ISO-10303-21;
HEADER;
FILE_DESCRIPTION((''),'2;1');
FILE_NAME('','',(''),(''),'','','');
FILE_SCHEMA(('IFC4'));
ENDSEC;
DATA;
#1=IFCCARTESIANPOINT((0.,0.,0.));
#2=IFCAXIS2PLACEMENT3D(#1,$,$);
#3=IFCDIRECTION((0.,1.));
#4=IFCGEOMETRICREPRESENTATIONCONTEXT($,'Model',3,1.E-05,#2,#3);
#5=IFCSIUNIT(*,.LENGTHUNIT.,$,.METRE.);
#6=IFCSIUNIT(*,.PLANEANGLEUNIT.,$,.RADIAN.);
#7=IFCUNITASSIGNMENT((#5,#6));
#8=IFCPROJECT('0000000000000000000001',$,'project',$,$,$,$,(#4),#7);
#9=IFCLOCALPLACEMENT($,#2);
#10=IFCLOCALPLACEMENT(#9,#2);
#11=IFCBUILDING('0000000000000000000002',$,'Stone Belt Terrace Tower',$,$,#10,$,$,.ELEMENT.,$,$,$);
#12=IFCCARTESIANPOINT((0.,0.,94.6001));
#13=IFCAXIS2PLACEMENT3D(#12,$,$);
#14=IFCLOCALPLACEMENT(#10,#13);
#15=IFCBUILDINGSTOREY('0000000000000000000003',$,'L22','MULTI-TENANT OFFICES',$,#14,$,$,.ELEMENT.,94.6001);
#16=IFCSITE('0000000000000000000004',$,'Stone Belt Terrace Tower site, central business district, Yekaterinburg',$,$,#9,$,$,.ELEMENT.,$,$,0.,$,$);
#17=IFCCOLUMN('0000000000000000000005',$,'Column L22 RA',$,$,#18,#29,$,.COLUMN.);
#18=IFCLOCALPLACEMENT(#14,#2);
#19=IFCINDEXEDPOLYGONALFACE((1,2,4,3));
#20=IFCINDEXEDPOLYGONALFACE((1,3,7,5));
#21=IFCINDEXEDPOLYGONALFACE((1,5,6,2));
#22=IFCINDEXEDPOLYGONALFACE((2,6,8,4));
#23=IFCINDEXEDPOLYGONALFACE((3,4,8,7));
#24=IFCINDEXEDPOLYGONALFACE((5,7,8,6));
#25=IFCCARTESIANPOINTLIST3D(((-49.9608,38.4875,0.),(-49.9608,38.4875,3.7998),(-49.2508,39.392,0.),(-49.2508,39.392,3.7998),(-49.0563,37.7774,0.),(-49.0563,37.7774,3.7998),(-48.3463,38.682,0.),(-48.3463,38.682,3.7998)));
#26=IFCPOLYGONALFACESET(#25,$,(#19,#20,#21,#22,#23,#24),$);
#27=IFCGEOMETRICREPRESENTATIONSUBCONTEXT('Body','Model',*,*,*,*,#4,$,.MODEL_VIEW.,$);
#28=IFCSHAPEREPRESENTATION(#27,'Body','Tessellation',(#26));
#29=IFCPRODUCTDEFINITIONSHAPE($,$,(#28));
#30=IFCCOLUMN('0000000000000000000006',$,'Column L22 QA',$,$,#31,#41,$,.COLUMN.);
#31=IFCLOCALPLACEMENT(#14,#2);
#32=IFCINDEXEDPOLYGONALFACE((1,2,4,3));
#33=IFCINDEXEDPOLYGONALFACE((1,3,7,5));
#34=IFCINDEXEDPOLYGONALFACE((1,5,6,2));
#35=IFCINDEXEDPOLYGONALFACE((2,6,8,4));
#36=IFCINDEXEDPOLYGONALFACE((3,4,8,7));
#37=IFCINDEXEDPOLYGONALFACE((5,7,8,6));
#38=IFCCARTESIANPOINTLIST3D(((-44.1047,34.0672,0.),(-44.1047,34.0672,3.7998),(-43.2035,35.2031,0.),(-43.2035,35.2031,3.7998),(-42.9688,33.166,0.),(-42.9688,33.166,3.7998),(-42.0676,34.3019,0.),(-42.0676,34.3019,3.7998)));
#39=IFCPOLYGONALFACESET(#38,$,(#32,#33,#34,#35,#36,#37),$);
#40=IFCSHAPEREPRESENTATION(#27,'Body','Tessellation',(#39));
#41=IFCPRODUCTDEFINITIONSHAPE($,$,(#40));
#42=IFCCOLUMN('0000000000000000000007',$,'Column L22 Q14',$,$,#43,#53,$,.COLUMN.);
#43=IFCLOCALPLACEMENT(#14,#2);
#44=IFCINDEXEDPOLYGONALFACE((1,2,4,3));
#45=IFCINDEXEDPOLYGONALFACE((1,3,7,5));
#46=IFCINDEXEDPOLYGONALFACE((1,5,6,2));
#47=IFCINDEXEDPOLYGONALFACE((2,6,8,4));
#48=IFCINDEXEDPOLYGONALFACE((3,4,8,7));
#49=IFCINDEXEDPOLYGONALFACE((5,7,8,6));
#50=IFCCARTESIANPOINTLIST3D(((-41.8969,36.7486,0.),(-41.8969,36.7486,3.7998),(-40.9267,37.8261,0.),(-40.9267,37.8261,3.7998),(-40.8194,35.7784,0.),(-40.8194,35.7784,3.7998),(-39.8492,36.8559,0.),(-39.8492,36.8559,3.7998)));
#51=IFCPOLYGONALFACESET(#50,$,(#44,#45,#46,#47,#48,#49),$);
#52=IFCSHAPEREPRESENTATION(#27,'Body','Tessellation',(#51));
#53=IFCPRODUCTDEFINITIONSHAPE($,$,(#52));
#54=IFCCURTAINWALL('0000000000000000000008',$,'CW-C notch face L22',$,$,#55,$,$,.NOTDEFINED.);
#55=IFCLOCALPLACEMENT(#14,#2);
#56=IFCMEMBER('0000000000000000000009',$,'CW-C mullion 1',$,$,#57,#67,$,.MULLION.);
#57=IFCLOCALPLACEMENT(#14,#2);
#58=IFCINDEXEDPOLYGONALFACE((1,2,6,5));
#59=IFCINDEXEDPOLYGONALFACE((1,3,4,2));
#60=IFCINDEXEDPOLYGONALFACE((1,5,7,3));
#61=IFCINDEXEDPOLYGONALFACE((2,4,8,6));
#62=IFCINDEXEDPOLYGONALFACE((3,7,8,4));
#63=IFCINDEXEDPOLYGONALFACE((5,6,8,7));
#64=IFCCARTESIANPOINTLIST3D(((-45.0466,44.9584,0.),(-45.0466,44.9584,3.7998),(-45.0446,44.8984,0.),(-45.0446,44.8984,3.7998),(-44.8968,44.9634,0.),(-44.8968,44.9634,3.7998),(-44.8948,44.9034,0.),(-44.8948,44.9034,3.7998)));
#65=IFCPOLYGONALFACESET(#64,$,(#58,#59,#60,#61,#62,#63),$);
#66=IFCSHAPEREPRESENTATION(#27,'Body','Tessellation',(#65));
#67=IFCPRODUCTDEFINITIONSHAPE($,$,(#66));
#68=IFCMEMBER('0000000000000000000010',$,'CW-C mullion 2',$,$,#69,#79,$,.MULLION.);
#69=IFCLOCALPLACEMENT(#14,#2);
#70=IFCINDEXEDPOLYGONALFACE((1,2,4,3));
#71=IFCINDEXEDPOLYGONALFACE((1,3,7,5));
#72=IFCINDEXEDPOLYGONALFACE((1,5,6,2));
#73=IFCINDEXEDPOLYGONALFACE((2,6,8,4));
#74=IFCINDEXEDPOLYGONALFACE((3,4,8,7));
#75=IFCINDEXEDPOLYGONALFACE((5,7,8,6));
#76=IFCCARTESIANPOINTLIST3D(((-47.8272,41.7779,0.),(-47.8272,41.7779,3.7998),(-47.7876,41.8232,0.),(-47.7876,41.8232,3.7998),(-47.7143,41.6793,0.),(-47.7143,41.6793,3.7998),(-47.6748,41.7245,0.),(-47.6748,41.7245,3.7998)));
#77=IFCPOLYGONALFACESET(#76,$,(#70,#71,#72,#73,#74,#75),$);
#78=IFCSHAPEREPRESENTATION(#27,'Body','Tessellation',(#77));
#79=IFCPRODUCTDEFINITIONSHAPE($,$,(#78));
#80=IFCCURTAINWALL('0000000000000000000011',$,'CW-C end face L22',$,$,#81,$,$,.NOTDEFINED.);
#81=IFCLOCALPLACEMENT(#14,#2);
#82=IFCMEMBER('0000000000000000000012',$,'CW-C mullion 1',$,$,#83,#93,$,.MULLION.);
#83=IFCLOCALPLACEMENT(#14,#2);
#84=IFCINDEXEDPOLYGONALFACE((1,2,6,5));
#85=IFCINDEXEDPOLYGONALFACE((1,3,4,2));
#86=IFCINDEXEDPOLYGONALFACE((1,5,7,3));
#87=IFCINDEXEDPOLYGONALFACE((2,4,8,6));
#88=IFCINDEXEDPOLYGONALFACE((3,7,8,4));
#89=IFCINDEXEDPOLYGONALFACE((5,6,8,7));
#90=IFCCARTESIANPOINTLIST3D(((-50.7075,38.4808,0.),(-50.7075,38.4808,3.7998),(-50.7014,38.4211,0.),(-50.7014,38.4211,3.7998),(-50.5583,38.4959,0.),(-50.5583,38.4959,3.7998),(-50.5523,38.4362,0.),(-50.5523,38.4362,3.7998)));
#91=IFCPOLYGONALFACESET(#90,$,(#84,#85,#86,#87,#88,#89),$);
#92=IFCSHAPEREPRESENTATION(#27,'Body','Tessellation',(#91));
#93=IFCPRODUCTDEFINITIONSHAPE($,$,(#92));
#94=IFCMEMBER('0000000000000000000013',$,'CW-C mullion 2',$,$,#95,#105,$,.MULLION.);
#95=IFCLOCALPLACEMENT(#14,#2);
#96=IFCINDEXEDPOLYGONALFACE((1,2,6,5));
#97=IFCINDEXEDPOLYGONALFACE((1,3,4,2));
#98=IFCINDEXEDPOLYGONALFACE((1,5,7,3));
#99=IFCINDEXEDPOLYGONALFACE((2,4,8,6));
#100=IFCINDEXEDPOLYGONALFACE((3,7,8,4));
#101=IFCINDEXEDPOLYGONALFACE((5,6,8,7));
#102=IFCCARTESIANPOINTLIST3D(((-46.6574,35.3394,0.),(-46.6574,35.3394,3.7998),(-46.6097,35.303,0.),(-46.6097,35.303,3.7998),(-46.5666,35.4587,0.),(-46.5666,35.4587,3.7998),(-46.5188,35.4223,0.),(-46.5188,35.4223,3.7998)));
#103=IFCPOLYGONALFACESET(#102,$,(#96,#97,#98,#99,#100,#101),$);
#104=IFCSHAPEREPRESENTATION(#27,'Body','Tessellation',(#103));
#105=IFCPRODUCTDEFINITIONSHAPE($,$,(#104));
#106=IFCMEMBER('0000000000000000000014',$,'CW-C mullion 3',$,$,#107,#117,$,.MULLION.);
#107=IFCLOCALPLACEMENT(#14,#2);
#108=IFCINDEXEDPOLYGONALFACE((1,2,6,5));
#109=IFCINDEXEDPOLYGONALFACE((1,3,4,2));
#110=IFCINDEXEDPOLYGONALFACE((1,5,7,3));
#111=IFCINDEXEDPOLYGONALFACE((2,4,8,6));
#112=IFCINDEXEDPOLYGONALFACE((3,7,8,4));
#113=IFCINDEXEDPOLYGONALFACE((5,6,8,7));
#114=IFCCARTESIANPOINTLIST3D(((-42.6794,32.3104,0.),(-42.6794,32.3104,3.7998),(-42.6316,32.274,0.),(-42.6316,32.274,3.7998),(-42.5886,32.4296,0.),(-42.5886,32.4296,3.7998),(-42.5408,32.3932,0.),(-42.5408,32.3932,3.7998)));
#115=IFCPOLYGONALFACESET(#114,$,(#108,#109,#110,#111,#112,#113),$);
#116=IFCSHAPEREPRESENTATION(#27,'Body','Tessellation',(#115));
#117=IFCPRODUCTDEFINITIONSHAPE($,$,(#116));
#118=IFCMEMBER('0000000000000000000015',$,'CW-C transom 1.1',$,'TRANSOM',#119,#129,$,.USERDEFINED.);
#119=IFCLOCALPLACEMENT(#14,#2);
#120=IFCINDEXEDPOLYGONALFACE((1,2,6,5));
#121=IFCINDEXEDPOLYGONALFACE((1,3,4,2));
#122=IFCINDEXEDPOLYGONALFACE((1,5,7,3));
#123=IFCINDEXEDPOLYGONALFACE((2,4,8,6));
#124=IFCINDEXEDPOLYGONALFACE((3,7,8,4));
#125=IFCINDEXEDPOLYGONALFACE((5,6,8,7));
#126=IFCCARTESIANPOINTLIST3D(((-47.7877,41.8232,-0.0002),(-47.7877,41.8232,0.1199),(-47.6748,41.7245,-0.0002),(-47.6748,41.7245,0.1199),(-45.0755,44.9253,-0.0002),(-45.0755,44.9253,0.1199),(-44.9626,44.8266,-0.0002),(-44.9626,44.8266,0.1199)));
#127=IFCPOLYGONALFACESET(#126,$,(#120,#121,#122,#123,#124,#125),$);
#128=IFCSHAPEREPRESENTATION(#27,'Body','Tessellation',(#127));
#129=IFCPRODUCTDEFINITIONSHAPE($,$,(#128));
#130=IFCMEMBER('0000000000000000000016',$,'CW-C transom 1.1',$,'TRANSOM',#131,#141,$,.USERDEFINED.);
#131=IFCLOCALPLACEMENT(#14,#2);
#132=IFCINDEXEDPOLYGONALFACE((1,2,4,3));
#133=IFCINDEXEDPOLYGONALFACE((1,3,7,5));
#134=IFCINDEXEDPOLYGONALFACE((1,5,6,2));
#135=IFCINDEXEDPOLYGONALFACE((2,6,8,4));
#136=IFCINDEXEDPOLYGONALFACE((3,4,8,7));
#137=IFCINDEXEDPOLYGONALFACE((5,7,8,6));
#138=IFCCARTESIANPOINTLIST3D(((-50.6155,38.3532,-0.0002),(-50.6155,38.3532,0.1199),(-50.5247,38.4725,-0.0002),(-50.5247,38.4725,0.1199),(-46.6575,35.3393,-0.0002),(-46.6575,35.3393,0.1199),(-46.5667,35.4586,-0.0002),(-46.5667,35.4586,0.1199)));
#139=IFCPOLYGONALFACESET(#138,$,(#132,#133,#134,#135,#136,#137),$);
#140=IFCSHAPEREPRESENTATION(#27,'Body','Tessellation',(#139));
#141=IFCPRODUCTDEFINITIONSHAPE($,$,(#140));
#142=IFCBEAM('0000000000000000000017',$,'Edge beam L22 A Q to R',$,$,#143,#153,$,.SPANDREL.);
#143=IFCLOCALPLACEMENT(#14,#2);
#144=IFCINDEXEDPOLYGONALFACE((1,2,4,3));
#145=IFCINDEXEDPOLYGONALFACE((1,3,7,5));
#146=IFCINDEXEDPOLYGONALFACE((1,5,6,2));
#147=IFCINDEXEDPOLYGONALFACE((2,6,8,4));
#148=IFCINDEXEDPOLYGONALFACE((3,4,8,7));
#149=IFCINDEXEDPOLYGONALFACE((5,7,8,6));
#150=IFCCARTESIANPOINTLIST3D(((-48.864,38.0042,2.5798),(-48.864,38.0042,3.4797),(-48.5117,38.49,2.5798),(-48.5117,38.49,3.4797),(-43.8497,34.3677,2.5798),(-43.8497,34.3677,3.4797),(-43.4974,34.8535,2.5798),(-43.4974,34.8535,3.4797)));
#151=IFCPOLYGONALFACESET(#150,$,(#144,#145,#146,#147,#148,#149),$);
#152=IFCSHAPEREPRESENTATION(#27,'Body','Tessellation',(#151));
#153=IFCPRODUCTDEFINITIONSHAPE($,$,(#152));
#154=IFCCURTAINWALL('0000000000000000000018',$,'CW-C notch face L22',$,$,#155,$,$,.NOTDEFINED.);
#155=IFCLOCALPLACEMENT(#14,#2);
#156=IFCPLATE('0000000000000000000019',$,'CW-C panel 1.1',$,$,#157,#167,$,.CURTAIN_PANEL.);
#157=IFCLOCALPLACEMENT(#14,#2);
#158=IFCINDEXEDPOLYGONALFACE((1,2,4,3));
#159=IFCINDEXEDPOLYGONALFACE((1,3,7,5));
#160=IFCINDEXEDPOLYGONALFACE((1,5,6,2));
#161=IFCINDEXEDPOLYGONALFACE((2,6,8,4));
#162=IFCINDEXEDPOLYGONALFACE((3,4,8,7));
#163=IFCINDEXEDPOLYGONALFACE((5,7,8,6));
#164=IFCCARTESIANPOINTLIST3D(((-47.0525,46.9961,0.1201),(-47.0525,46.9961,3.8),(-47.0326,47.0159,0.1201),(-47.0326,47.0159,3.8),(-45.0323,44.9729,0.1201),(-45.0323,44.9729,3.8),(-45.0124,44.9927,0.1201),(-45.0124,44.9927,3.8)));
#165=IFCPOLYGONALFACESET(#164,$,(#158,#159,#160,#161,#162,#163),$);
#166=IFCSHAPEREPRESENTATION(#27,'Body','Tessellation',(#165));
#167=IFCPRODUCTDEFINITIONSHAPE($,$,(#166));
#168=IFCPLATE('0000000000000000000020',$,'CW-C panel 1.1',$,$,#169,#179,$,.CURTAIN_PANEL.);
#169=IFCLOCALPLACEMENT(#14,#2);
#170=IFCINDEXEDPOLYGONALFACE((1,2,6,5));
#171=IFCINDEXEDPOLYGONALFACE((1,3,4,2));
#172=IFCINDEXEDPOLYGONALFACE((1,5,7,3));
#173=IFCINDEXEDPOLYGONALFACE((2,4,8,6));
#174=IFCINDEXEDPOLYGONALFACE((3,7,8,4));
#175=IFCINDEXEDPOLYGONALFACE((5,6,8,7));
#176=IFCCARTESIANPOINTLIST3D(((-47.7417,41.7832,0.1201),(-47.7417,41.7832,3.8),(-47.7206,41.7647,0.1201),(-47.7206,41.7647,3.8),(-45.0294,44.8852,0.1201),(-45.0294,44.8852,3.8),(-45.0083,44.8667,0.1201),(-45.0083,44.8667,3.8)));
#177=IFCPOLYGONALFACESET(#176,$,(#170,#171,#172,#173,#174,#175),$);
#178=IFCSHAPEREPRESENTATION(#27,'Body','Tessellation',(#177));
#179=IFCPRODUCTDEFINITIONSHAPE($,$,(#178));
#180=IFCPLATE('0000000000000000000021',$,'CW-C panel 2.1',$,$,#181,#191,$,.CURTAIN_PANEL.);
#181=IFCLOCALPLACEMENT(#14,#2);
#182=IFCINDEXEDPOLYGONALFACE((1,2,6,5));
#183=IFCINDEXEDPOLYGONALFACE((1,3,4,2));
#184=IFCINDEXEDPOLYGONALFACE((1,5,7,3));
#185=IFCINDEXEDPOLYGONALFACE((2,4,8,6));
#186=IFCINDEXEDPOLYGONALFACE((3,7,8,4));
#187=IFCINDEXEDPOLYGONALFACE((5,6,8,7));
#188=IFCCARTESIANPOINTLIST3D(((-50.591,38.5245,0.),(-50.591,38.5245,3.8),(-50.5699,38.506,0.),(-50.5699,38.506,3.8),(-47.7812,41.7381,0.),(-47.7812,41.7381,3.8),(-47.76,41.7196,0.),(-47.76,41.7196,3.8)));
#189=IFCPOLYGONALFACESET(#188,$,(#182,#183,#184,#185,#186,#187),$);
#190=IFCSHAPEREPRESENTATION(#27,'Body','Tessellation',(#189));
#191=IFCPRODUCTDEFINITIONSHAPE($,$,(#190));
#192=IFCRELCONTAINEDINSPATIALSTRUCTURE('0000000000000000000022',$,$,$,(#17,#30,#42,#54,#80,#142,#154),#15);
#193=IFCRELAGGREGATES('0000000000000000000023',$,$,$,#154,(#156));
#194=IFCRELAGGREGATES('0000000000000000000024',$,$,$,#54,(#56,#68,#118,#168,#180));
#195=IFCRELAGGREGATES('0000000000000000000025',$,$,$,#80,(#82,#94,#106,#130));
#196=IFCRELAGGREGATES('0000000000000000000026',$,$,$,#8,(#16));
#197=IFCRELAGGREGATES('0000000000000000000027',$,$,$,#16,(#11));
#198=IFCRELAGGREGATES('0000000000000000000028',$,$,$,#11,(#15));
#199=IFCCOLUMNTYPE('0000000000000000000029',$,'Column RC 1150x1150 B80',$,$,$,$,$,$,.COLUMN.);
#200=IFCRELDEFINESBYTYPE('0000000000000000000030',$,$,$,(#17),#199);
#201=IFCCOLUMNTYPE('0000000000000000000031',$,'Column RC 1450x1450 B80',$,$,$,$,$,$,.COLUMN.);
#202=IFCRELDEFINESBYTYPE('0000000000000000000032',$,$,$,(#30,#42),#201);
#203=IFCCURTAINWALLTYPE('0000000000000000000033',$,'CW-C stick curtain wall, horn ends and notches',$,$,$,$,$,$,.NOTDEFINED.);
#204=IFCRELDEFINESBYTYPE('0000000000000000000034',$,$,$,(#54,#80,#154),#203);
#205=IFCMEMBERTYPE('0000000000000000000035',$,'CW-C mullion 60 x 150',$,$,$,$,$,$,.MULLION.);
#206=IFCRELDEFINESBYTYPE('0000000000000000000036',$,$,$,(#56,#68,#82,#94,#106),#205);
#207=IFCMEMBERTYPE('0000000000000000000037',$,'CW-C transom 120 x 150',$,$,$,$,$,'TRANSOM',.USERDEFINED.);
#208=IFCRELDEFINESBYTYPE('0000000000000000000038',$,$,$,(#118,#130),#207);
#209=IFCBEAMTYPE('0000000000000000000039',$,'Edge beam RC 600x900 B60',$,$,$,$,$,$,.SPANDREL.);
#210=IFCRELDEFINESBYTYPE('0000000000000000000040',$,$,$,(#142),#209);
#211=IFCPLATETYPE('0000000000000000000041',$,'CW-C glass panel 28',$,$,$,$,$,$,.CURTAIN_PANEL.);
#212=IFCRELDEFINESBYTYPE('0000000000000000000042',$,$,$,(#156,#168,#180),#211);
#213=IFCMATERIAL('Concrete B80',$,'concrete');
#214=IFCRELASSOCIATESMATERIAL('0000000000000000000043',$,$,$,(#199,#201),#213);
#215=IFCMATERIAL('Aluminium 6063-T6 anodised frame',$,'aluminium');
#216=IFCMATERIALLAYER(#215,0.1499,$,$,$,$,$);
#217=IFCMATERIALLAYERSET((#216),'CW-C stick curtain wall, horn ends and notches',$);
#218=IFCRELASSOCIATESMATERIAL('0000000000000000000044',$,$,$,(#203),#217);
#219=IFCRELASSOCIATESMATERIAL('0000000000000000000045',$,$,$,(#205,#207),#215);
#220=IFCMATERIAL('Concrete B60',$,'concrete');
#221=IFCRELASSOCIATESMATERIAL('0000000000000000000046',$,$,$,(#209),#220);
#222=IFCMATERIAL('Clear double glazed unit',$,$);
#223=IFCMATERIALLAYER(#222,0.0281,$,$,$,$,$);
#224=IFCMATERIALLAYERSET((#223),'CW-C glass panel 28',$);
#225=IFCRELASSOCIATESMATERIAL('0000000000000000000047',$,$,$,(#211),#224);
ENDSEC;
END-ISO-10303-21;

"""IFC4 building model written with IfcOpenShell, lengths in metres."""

from ifc_helpers import new_model, si_unit, direction, frame, origin, origin_2d, place, context, subcontext, project, spatial, rectangle, extrude, material, layer, layer_set, material_profile, profile_set, type_object, element, aggregate, save


model = new_model("IFC4")

# Units and contexts
model_context = context("Model", 3, precision=1e-05, world=origin(), true_north=direction((0.0, 1.0)))
body_context = subcontext(model_context, "Body", "Model", "MODEL_VIEW")
ifc_project = project(units=[si_unit("LENGTHUNIT", "METRE"), si_unit("PLANEANGLEUNIT", "RADIAN")], contexts=[model_context])

# Site, building, storey
site_placement = place(None, origin())
site = spatial("IfcSite", under=ifc_project, at=site_placement, Name="Stone Belt Terrace Tower site, central business district, Yekaterinburg", CompositionType="ELEMENT", RefElevation=0.0)
building_placement = place(site_placement, origin())
building = spatial("IfcBuilding", under=site, at=building_placement, Name="Stone Belt Terrace Tower", CompositionType="ELEMENT")
storey_placement = place(building_placement, frame((0.0, 0.0, 94.6001)))
storey = spatial("IfcBuildingStorey", under=building, at=storey_placement, Name="L22", Description="MULTI-TENANT OFFICES", CompositionType="ELEMENT", Elevation=94.6001)

# Columns
ifc_material_1 = material(Name="Concrete B80", Category="concrete")
ifc_material_profile_1 = material_profile(ifc_material_1, rectangle(XDim=1.1499, YDim=1.1499, at=origin_2d()), Name="RC 1150x1150")
ifc_profile_set_1 = profile_set([ifc_material_profile_1], Name="Concrete B80")
column_type_1 = type_object("IfcColumnType", Name="Column RC 1150x1150 B80", PredefinedType="COLUMN", material=ifc_profile_set_1)
column_placement = place(storey_placement, frame((-49.1536, 38.5847, 0.0), z_axis=(0.0, 0.0, 1.0), x_axis=(0.617467, 0.786597, 0.0)))
element("IfcColumn", 1, at=column_placement, inside=storey, type_object=column_type_1, Name="Column L22 RA", PredefinedType="COLUMN", context=body_context, shape_type="SweptSolid", body=[
    extrude(rectangle(XDim=1.1499, YDim=1.1499, at=origin_2d()), origin(), (0.0, 0.0, 1.0), 3.7998),
])
ifc_material_profile_2 = material_profile(ifc_material_1, rectangle(XDim=1.45, YDim=1.45, at=origin_2d()), Name="RC 1450x1450")
ifc_profile_set_2 = profile_set([ifc_material_profile_2], Name="Concrete B80")
column_type_2 = type_object("IfcColumnType", Name="Column RC 1450x1450 B80", PredefinedType="COLUMN", material=ifc_profile_set_2)
for number, where, z_axis, x_axis, name in (
    (2, (-43.0862, 34.1846, 0.0), (0.0, 0.0, 1.0), (0.621539, 0.783383, 0.0), "Column L22 QA"),
    (3, (-40.873, 36.8022, 0.0), (0.0, 0.0, 1.0), (0.669131, 0.743145, 0.0), "Column L22 Q14"),
):
    element("IfcColumn", number, at=place(storey_placement, frame(where, z_axis=z_axis, x_axis=x_axis)), inside=storey, type_object=column_type_2, Name=name, PredefinedType="COLUMN", context=body_context, shape_type="SweptSolid", body=[
        extrude(rectangle(XDim=1.45, YDim=1.45, at=origin_2d()), origin(), (0.0, 0.0, 1.0), 3.7998),
    ])

# Curtain walls, members
ifc_material_2 = material(Name="Aluminium 6063-T6 anodised frame", Category="aluminium")
ifc_layer_1 = layer(ifc_material_2, 0.1499)
ifc_layer_set_1 = layer_set([ifc_layer_1], Name="CW-C stick curtain wall, horn ends and notches")
curtain_wall_type = type_object("IfcCurtainWallType", Name="CW-C stick curtain wall, horn ends and notches", PredefinedType="NOTDEFINED", material=ifc_layer_set_1)
curtain_wall_1_placement = place(storey_placement, origin())
curtain_wall_1 = element("IfcCurtainWall", 4, at=curtain_wall_1_placement, inside=storey, type_object=curtain_wall_type, Name="CW-C notch face L22", PredefinedType="NOTDEFINED")
ifc_material_profile_3 = material_profile(ifc_material_2, rectangle(XDim=0.1499, YDim=0.0601, at=origin_2d()), Name="Aluminium 6063-T6 60x150")
ifc_profile_set_3 = profile_set([ifc_material_profile_3], Name="Aluminium 6063-T6 anodised frame")
member_type_1 = type_object("IfcMemberType", Name="CW-C mullion 60 x 150", PredefinedType="MULLION", material=ifc_profile_set_3)
member_1_placement = place(storey_placement, frame((-44.9707, 44.9309, 0.0), z_axis=(0.0, 0.0, 1.0), x_axis=(0.999452, 0.033092, 0.0)))
member_1 = element("IfcMember", 5, at=member_1_placement, type_object=member_type_1, Name="CW-C mullion 1", PredefinedType="MULLION", context=body_context, shape_type="SweptSolid", body=[
    extrude(rectangle(XDim=0.1499, YDim=0.0601, at=origin_2d()), origin(), (0.0, 0.0, 1.0), 3.7998),
])
member_2_placement = place(storey_placement, frame((-47.751, 41.7512, 0.0), z_axis=(0.0, 0.0, 1.0), x_axis=(0.752817, -0.65823, 0.0)))
member_2 = element("IfcMember", 6, at=member_2_placement, type_object=member_type_1, Name="CW-C mullion 2", PredefinedType="MULLION", context=body_context, shape_type="SweptSolid", body=[
    extrude(rectangle(XDim=0.1499, YDim=0.0601, at=origin_2d()), origin(), (0.0, 0.0, 1.0), 3.7998),
])
curtain_wall_2_placement = place(storey_placement, origin())
curtain_wall_2 = element("IfcCurtainWall", 7, at=curtain_wall_2_placement, inside=storey, type_object=curtain_wall_type, Name="CW-C end face L22", PredefinedType="NOTDEFINED")
member_3_placement = place(storey_placement, frame((-50.6299, 38.4585, 0.0), z_axis=(0.0, 0.0, 1.0), x_axis=(0.994927, 0.100597, 0.0)))
member_3 = element("IfcMember", 8, at=member_3_placement, type_object=member_type_1, Name="CW-C mullion 1", PredefinedType="MULLION", context=body_context, shape_type="SweptSolid", body=[
    extrude(rectangle(XDim=0.1499, YDim=0.0601, at=origin_2d()), origin(), (0.0, 0.0, 1.0), 3.7998),
])
member_4_placement = place(storey_placement, frame((-46.5881, 35.3809, 0.0), z_axis=(0.0, 0.0, 1.0), x_axis=(0.60582, 0.795602, 0.0)))
member_4 = element("IfcMember", 9, at=member_4_placement, type_object=member_type_1, Name="CW-C mullion 2", PredefinedType="MULLION", context=body_context, shape_type="SweptSolid", body=[
    extrude(rectangle(XDim=0.1499, YDim=0.0601, at=origin_2d()), origin(), (0.0, 0.0, 1.0), 3.7998),
])
member_5_placement = place(storey_placement, frame((-42.6101, 32.3518, 0.0), z_axis=(0.0, 0.0, 1.0), x_axis=(0.60582, 0.795602, 0.0)))
member_5 = element("IfcMember", 10, at=member_5_placement, type_object=member_type_1, Name="CW-C mullion 3", PredefinedType="MULLION", context=body_context, shape_type="SweptSolid", body=[
    extrude(rectangle(XDim=0.1499, YDim=0.0601, at=origin_2d()), origin(), (0.0, 0.0, 1.0), 3.7998),
])

# Members
ifc_material_profile_4 = material_profile(ifc_material_2, rectangle(XDim=0.1499, YDim=0.1201, at=origin_2d()), Name="Aluminium 6063-T6 150x120")
ifc_profile_set_4 = profile_set([ifc_material_profile_4], Name="Aluminium 6063-T6 anodised frame")
member_type_2 = type_object("IfcMemberType", Name="CW-C transom 120 x 150", ElementType="TRANSOM", PredefinedType="USERDEFINED", material=ifc_profile_set_4)
member_6_placement = place(storey_placement, frame((-45.019, 44.876, 0.0598), z_axis=(-0.658211, -0.752834, 0.0), x_axis=(0.752834, -0.658211, 0.0)))
member_6 = element("IfcMember", 11, at=member_6_placement, type_object=member_type_2, Name="CW-C transom 1.1", ObjectType="TRANSOM", PredefinedType="USERDEFINED", context=body_context, shape_type="SweptSolid", body=[
    extrude(rectangle(XDim=0.1499, YDim=0.1201, at=origin_2d()), origin(), (0.0, 0.0, 1.0), 4.1206),
])
member_7_placement = place(storey_placement, frame((-50.5701, 38.4128, 0.0598), z_axis=(0.795597, -0.605826, 0.0), x_axis=(0.605826, 0.795597, 0.0)))
member_7 = element("IfcMember", 12, at=member_7_placement, type_object=member_type_2, Name="CW-C transom 1.1", ObjectType="TRANSOM", PredefinedType="USERDEFINED", context=body_context, shape_type="SweptSolid", body=[
    extrude(rectangle(XDim=0.1499, YDim=0.1201, at=origin_2d()), origin(), (0.0, 0.0, 1.0), 4.9749),
])

# Beam
ifc_material_3 = material(Name="Concrete B60", Category="concrete")
ifc_material_profile_5 = material_profile(ifc_material_3, rectangle(XDim=0.6001, YDim=0.8999, at=origin_2d()), Name="RC 600x900")
ifc_profile_set_5 = profile_set([ifc_material_profile_5], Name="Concrete B60")
beam_type = type_object("IfcBeamType", Name="Edge beam RC 600x900 B60", PredefinedType="SPANDREL", material=ifc_profile_set_5)
beam_placement = place(storey_placement, frame((-43.6736, 34.6106, 3.0298), z_axis=(-0.809518, 0.587095, 0.0), x_axis=(-0.587095, -0.809518, 0.0)))
element("IfcBeam", 13, at=beam_placement, inside=storey, type_object=beam_type, Name="Edge beam L22 A Q to R", PredefinedType="SPANDREL", context=body_context, shape_type="SweptSolid", body=[
    extrude(rectangle(XDim=0.6001, YDim=0.8999, at=origin_2d()), origin(), (0.0, 0.0, 1.0), 6.1941),
])

# Curtain wall, plate
curtain_wall_3_placement = place(storey_placement, origin())
curtain_wall_3 = element("IfcCurtainWall", 14, at=curtain_wall_3_placement, inside=storey, type_object=curtain_wall_type, Name="CW-C notch face L22", PredefinedType="NOTDEFINED")
ifc_material_4 = material(Name="Clear double glazed unit")
ifc_layer_2 = layer(ifc_material_4, 0.0281)
ifc_layer_set_2 = layer_set([ifc_layer_2], Name="CW-C glass panel 28")
plate_type = type_object("IfcPlateType", Name="CW-C glass panel 28", PredefinedType="CURTAIN_PANEL", material=ifc_layer_set_2)
plate_1_placement = place(storey_placement, frame((-46.0325, 45.9944, 0.1201), z_axis=(0.0, 0.0, 1.0), x_axis=(0.706586, -0.707627, 0.0)))
plate_1 = element("IfcPlate", 15, at=plate_1_placement, type_object=plate_type, Name="CW-C panel 1.1", PredefinedType="CURTAIN_PANEL", context=body_context, shape_type="SweptSolid", body=[
    extrude(rectangle(XDim=2.8591, YDim=0.0281, at=origin_2d()), origin(), (0.0, 0.0, 1.0), 3.6799),
])
aggregate(curtain_wall_3, [plate_1])

# Plates
plate_2_placement = place(storey_placement, frame((-46.375, 43.325, 0.1201), z_axis=(0.0, 0.0, 1.0), x_axis=(-0.65823, -0.752817, 0.0)))
plate_2 = element("IfcPlate", 16, at=plate_2_placement, type_object=plate_type, Name="CW-C panel 1.1", PredefinedType="CURTAIN_PANEL", context=body_context, shape_type="SweptSolid", body=[
    extrude(rectangle(XDim=4.1206, YDim=0.0281, at=origin_2d()), origin(), (0.0, 0.0, 1.0), 3.6799),
])
plate_3_placement = place(storey_placement, frame((-49.1755, 40.1221, 0.0), z_axis=(0.0, 0.0, 1.0), x_axis=(-0.65823, -0.752817, 0.0)))
plate_3 = element("IfcPlate", 17, at=plate_3_placement, type_object=plate_type, Name="CW-C panel 2.1", PredefinedType="CURTAIN_PANEL", context=body_context, shape_type="SweptSolid", body=[
    extrude(rectangle(XDim=4.2688, YDim=0.0281, at=origin_2d()), origin(), (0.0, 0.0, 1.0), 3.8),
])
aggregate(curtain_wall_1, [member_1, member_2, member_6, plate_2, plate_3])
aggregate(curtain_wall_2, [member_3, member_4, member_5, member_7])

save(model, "model.ifc")
